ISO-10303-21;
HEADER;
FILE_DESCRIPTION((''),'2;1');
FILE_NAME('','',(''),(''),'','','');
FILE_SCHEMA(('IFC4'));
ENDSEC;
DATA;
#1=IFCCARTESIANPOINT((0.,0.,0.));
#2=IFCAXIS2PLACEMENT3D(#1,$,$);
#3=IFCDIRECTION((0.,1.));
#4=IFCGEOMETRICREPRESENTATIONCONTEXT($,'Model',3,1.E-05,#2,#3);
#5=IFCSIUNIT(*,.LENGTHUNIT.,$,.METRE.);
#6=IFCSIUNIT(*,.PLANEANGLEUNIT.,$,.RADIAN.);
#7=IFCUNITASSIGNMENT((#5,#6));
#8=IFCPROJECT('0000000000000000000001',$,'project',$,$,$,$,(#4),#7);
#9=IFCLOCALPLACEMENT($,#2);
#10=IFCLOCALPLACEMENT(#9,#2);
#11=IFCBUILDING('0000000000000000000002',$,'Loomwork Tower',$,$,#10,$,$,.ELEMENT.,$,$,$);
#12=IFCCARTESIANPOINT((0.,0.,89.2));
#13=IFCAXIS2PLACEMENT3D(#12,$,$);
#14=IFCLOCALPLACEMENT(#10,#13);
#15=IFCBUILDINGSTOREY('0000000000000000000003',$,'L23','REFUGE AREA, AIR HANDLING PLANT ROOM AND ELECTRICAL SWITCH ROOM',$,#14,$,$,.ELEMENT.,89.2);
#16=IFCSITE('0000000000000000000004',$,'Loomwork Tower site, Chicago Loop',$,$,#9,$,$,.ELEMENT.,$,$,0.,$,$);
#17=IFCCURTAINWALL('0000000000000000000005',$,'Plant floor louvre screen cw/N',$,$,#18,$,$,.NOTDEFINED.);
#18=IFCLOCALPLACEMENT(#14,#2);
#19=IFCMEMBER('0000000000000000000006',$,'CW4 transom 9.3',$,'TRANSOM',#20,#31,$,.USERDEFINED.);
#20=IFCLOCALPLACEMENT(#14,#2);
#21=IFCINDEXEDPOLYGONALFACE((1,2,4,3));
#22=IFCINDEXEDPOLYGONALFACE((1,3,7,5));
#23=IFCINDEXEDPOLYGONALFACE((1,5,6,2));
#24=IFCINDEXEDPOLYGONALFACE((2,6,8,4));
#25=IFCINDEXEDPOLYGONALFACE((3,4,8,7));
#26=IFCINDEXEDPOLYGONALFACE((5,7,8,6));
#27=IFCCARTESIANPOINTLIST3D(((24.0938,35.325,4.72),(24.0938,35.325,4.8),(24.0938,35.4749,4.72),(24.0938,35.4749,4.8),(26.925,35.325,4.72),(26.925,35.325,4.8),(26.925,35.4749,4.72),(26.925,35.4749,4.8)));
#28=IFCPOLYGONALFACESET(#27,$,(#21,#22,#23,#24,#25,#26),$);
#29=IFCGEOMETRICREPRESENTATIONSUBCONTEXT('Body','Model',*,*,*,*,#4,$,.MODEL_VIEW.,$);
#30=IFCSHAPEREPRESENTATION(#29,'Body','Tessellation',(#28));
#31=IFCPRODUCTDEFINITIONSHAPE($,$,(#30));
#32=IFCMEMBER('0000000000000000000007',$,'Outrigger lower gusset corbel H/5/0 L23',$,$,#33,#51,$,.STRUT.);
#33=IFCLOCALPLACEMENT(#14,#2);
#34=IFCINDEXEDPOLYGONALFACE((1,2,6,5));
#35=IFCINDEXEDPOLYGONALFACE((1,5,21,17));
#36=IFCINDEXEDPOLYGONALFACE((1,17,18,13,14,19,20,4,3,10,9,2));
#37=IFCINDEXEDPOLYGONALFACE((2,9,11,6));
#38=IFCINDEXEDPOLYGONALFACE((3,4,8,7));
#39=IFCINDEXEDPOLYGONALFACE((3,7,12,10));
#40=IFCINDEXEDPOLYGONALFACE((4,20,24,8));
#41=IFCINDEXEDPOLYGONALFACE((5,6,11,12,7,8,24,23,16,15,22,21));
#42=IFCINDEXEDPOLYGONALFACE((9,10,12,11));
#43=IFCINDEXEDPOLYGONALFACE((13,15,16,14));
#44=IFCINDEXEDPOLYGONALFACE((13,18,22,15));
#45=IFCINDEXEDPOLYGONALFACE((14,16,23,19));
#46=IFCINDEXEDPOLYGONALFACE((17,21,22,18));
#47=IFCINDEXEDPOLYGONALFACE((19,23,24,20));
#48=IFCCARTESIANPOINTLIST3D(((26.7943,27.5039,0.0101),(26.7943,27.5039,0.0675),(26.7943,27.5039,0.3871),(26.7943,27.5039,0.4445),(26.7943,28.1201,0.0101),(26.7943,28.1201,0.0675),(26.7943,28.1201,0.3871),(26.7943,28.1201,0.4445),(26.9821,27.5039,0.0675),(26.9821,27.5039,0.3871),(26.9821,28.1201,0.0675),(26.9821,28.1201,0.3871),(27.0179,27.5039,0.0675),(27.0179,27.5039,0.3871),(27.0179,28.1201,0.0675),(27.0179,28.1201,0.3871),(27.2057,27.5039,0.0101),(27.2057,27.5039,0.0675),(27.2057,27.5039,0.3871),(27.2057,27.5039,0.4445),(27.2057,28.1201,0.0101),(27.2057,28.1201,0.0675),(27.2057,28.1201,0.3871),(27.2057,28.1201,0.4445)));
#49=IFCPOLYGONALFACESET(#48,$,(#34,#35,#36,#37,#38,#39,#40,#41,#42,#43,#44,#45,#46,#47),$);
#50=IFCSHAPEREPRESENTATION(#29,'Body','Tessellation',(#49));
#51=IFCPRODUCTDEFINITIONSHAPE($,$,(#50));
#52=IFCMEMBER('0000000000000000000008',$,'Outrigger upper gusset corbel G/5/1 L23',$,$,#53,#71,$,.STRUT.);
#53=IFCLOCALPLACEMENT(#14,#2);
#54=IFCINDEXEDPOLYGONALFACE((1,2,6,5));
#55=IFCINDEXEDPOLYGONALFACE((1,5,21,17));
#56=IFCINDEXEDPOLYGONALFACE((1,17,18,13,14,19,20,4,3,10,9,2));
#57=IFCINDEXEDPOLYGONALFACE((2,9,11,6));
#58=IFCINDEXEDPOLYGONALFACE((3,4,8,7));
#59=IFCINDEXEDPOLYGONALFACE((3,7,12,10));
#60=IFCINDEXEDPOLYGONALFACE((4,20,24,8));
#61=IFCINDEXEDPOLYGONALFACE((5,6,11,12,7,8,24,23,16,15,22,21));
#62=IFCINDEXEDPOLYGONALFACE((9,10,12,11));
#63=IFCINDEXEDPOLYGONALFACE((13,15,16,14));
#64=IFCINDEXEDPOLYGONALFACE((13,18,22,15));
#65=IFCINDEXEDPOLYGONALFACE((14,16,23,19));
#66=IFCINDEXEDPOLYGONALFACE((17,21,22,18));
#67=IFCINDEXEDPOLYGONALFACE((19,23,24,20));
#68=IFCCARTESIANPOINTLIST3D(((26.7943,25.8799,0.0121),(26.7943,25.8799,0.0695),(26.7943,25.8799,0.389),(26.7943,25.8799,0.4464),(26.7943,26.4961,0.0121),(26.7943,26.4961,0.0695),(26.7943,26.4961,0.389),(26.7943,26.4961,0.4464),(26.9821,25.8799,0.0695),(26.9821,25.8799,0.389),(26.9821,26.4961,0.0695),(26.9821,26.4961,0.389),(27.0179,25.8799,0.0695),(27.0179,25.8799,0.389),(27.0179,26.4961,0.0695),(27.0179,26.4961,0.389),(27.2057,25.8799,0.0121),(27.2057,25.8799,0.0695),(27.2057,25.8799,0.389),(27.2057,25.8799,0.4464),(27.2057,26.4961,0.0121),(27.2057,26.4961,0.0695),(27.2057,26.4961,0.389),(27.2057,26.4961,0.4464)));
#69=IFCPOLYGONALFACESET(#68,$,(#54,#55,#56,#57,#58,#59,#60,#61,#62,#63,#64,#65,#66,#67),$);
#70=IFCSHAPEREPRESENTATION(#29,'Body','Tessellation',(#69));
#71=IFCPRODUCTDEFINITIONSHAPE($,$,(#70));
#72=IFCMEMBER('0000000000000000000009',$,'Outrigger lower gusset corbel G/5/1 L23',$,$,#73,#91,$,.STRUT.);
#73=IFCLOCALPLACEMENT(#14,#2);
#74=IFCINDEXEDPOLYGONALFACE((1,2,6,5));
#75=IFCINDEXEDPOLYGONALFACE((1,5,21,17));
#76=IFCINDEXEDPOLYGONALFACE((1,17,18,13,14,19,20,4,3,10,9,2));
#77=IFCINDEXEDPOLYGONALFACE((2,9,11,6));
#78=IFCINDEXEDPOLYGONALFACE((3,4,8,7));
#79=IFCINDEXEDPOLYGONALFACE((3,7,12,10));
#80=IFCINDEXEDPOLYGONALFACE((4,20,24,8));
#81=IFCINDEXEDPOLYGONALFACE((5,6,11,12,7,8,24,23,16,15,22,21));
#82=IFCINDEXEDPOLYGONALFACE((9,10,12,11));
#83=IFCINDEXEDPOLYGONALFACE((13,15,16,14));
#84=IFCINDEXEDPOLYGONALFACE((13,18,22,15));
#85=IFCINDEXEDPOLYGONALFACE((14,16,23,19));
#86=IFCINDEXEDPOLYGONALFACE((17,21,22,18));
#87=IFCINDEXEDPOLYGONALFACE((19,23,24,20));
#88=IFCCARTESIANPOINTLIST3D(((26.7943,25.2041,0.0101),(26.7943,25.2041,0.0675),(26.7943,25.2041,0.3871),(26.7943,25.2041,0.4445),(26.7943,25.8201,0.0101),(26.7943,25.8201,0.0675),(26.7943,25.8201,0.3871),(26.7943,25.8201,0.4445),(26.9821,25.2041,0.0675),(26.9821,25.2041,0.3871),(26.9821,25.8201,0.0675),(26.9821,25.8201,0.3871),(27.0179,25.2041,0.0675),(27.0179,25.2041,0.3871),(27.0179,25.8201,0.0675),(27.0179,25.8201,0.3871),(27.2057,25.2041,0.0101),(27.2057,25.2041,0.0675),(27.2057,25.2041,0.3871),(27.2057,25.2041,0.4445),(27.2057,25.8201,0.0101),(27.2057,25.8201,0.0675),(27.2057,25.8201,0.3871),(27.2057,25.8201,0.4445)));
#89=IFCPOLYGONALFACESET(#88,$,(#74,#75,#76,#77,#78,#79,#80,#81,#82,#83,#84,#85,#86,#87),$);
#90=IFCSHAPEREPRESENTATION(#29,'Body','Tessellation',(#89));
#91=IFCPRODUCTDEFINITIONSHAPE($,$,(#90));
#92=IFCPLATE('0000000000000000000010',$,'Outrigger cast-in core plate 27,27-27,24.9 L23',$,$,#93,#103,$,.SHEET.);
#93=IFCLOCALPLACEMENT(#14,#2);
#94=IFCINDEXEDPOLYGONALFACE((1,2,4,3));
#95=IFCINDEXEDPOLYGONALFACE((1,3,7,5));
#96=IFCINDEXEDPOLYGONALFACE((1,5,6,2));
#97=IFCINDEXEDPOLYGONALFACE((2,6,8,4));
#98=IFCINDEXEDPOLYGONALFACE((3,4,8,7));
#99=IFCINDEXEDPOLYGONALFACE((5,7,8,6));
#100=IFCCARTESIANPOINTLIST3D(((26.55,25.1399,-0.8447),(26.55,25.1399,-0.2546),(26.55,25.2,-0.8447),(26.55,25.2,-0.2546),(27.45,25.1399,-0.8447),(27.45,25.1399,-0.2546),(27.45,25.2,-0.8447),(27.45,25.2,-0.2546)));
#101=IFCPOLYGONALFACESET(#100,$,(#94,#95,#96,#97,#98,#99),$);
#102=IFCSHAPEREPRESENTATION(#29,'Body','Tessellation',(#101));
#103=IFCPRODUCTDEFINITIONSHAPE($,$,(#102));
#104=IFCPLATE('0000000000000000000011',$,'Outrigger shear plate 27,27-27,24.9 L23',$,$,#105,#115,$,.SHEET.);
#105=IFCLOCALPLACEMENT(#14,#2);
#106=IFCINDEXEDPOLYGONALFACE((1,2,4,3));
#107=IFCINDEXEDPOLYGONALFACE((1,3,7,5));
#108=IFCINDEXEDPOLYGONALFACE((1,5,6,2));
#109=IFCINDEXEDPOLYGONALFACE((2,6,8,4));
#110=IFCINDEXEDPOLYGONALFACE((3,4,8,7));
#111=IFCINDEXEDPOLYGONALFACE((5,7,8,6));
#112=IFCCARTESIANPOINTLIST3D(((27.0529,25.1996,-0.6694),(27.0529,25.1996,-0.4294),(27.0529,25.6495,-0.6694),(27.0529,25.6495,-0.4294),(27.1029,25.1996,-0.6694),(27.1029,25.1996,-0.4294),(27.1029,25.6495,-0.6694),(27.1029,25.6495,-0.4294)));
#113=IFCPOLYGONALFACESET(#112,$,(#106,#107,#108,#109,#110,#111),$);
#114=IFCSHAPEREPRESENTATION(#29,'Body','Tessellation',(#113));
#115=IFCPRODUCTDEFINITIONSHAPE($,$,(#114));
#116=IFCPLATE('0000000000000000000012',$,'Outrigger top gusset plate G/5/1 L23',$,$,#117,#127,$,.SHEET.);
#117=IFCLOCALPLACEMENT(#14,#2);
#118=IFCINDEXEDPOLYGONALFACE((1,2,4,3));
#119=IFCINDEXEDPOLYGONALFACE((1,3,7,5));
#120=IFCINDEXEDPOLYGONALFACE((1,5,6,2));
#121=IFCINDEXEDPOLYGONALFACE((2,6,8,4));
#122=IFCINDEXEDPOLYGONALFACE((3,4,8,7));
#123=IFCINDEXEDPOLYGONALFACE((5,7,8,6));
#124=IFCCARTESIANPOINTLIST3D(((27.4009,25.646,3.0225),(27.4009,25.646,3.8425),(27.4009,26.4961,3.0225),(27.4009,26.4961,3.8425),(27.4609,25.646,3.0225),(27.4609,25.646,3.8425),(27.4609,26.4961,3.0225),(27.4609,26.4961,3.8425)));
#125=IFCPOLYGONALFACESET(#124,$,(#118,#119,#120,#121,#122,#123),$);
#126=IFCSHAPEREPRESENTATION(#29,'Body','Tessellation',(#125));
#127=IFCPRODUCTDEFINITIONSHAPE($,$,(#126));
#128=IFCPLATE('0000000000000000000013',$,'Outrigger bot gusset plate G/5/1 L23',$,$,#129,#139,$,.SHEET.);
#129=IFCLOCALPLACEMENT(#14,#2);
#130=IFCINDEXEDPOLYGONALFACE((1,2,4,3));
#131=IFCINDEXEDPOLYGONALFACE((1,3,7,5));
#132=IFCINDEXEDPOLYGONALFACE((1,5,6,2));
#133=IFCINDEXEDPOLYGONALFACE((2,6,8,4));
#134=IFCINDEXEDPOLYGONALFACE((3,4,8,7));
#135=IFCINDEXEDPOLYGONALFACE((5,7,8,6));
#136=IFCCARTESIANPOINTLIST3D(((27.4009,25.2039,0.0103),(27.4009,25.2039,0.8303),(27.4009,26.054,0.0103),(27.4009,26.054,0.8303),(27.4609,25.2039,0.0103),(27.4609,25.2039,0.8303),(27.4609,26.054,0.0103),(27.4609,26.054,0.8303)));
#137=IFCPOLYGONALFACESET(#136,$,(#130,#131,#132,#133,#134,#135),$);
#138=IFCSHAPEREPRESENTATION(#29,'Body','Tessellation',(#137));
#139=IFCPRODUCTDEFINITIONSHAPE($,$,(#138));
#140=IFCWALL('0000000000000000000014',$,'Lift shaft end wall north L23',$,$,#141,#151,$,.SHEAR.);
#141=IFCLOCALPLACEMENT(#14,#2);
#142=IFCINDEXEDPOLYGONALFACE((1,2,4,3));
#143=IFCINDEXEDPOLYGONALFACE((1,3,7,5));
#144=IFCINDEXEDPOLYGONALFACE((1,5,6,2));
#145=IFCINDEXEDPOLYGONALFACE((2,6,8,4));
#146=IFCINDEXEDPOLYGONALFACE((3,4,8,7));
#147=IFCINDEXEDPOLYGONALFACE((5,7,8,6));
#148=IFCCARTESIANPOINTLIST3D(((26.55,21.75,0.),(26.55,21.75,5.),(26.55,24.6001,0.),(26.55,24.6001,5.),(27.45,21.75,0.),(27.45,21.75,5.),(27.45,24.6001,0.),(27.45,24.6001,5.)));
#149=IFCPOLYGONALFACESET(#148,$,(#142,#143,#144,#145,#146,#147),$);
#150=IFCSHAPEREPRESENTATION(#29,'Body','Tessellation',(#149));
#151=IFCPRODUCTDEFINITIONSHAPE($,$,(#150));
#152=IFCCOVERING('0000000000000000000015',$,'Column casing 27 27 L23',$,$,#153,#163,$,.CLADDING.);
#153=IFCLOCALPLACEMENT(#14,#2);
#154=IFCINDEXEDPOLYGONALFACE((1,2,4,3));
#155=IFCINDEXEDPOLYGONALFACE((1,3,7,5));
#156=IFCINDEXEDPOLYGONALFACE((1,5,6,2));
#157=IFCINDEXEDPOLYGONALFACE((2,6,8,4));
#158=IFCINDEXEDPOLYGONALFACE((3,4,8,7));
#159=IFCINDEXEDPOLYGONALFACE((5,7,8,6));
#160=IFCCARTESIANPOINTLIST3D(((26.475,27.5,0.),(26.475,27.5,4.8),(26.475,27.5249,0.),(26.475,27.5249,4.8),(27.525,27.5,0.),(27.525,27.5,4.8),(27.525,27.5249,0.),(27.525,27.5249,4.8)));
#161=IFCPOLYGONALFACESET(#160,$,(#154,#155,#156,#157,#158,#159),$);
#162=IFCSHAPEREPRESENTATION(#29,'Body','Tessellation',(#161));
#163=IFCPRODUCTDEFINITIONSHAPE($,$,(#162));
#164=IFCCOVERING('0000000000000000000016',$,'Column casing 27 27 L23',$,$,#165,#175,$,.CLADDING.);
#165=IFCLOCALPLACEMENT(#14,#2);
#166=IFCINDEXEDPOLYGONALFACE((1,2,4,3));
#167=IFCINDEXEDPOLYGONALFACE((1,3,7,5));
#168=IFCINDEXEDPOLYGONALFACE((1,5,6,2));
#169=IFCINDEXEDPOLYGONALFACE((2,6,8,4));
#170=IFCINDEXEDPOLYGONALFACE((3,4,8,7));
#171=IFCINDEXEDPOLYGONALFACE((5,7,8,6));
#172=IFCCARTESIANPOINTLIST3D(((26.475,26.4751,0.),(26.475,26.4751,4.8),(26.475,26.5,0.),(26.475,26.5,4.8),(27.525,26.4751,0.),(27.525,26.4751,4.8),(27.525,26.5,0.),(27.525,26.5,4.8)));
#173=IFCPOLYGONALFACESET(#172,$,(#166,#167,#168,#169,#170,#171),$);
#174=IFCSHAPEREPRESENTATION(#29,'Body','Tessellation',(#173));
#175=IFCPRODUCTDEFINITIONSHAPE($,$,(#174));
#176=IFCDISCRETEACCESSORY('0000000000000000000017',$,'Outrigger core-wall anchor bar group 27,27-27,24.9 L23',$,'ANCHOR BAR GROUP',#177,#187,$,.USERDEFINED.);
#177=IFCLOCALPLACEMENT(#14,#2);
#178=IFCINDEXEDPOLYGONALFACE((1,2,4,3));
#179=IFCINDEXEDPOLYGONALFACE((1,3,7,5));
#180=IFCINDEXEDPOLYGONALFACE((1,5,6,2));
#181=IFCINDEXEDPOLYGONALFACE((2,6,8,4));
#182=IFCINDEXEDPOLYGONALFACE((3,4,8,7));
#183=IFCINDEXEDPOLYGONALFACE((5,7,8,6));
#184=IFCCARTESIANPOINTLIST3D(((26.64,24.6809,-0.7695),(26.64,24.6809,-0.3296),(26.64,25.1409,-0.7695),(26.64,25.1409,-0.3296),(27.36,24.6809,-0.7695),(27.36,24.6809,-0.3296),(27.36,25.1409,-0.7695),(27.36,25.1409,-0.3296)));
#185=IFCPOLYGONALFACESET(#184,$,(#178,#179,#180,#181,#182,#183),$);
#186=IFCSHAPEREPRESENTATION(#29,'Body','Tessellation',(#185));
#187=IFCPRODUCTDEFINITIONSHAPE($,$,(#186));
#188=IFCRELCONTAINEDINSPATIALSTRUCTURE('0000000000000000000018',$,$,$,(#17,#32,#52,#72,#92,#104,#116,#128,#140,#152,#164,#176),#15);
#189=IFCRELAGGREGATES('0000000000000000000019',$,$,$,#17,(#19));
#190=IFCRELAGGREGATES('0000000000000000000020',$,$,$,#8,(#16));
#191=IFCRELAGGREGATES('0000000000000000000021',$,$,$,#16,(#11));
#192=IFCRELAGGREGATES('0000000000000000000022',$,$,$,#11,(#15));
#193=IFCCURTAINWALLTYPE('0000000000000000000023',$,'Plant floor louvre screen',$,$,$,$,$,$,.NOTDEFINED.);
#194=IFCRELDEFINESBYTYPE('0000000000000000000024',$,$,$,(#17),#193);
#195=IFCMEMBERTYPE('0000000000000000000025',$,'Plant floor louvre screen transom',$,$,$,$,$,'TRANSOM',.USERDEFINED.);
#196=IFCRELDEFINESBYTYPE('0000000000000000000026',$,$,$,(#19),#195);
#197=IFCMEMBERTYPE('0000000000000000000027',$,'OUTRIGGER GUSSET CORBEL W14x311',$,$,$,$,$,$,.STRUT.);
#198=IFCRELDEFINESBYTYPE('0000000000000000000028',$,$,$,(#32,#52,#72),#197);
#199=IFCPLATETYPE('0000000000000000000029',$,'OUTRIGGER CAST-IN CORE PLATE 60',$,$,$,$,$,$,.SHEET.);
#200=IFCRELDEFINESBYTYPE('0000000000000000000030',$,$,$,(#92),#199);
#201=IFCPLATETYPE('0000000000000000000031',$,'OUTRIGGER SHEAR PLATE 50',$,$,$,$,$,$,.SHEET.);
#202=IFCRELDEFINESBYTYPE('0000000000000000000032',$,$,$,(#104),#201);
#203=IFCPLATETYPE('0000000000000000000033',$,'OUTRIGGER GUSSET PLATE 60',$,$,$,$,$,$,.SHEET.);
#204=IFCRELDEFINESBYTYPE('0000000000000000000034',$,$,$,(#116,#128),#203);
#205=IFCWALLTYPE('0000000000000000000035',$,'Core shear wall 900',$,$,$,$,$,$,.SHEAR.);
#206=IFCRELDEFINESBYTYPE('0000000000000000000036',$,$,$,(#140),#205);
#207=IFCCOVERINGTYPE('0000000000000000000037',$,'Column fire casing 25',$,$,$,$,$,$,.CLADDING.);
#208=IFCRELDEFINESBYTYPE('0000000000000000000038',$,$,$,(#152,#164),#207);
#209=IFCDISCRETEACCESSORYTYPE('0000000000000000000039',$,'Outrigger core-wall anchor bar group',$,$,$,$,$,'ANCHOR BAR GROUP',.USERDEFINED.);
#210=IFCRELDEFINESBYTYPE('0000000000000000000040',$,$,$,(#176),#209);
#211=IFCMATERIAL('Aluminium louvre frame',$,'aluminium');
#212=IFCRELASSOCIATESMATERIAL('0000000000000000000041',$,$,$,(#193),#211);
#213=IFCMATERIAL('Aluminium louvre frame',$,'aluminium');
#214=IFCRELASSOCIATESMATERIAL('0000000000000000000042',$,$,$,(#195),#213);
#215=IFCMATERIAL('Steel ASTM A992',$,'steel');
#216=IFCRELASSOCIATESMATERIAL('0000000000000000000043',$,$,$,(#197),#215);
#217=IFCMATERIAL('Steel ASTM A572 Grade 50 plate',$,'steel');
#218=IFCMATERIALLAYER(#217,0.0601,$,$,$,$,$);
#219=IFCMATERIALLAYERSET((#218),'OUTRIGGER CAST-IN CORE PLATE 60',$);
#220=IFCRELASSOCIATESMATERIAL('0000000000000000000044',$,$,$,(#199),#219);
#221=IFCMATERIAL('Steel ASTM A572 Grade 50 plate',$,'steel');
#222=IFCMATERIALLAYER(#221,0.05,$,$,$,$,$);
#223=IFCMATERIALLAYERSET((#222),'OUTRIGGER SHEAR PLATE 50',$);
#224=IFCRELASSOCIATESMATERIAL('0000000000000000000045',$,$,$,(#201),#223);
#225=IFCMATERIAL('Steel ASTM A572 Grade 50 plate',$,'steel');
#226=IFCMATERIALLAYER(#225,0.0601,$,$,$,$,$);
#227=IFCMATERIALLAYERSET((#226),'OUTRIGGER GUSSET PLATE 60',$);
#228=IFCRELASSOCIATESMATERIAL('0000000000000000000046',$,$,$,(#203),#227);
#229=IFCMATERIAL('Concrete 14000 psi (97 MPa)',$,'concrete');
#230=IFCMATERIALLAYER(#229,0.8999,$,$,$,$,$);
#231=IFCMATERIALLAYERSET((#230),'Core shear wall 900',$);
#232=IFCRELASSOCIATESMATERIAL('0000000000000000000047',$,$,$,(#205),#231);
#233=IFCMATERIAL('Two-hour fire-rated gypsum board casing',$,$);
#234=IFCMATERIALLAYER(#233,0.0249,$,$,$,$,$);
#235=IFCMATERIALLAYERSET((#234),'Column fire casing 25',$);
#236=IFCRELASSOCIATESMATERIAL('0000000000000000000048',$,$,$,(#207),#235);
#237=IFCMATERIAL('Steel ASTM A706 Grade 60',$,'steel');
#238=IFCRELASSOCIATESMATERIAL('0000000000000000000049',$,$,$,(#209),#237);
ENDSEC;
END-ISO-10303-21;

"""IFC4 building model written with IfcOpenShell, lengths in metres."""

from ifc_helpers import new_model, si_unit, direction, frame, frame_2d, origin, origin_2d, place, context, subcontext, project, spatial, rectangle, i_section, extrude, material, layer, layer_set, material_profile, profile_set, type_object, element, aggregate, save


model = new_model("IFC4")

# Units and contexts
model_context = context("Model", 3, precision=1e-05, world=origin(), true_north=direction((0.0, 1.0)))
body_context = subcontext(model_context, "Body", "Model", "MODEL_VIEW")
ifc_project = project(units=[si_unit("LENGTHUNIT", "METRE"), si_unit("PLANEANGLEUNIT", "RADIAN")], contexts=[model_context])

# Site, building, storey
site_placement = place(None, origin())
site = spatial("IfcSite", under=ifc_project, at=site_placement, Name="Loomwork Tower site, Chicago Loop", CompositionType="ELEMENT", RefElevation=0.0)
building_placement = place(site_placement, origin())
building = spatial("IfcBuilding", under=site, at=building_placement, Name="Loomwork Tower", CompositionType="ELEMENT")
storey_placement = place(building_placement, frame((0.0, 0.0, 89.2)))
storey = spatial("IfcBuildingStorey", under=building, at=storey_placement, Name="L23", Description="REFUGE AREA, AIR HANDLING PLANT ROOM AND ELECTRICAL SWITCH ROOM", CompositionType="ELEMENT", Elevation=89.2)

# Curtain wall, member
ifc_material_1 = material(Name="Aluminium louvre frame", Category="aluminium")
curtain_wall_type = type_object("IfcCurtainWallType", Name="Plant floor louvre screen", PredefinedType="NOTDEFINED", material=ifc_material_1)
curtain_wall_placement = place(storey_placement, origin())
curtain_wall = element("IfcCurtainWall", 1, at=curtain_wall_placement, inside=storey, type_object=curtain_wall_type, Name="Plant floor louvre screen cw/N", PredefinedType="NOTDEFINED")
ifc_material_2 = material(Name="Aluminium louvre frame", Category="aluminium")
ifc_material_profile_1 = material_profile(ifc_material_2, rectangle(XDim=0.1499, YDim=0.0801, at=origin_2d()), Name="AL 80x150")
ifc_profile_set_1 = profile_set([ifc_material_profile_1], Name="Aluminium louvre frame")
member_type_1 = type_object("IfcMemberType", Name="Plant floor louvre screen transom", ElementType="TRANSOM", PredefinedType="USERDEFINED", material=ifc_profile_set_1)
member_1_placement = place(storey_placement, frame((26.925, 35.3999, 4.76), z_axis=(-1.0, 0.0, 0.0), x_axis=(0.0, -1.0, 0.0)))
member_1 = element("IfcMember", 2, at=member_1_placement, type_object=member_type_1, Name="CW4 transom 9.3", ObjectType="TRANSOM", PredefinedType="USERDEFINED", context=body_context, shape_type="SweptSolid", body=[
    extrude(rectangle(XDim=0.1499, YDim=0.0801, at=origin_2d()), origin(), (0.0, 0.0, 1.0), 2.8313),
])
aggregate(curtain_wall, [member_1])

# Members
ifc_material_3 = material(Name="Steel ASTM A992", Category="steel")
ifc_material_profile_2 = material_profile(ifc_material_3, i_section(OverallWidth=0.4114, OverallDepth=0.4343, WebThickness=0.0359, FlangeThickness=0.0574, at=origin_2d()), Name="W14x311")
ifc_profile_set_2 = profile_set([ifc_material_profile_2], Name="Steel ASTM A992")
member_type_2 = type_object("IfcMemberType", Name="OUTRIGGER GUSSET CORBEL W14x311", PredefinedType="STRUT", material=ifc_profile_set_2)
for number, where, z_axis, x_axis, name in (
    (3, (27.0, 27.5039, 0.2273), (0.0, 1.0, 0.0), (-1.0, 0.0, 0.0), "Outrigger lower gusset corbel H/5/0 L23"),
    (4, (27.0, 26.4961, 0.2292), (0.0, -1.0, 0.0), (1.0, 0.0, 0.0), "Outrigger upper gusset corbel G/5/1 L23"),
):
    element("IfcMember", number, at=place(storey_placement, frame(where, z_axis=z_axis, x_axis=x_axis)), inside=storey, type_object=member_type_2, Name=name, PredefinedType="STRUT", context=body_context, shape_type="SweptSolid", body=[
        extrude(i_section(OverallWidth=0.4114, OverallDepth=0.4343, WebThickness=0.0359, FlangeThickness=0.0574, at=origin_2d()), origin(), (0.0, 0.0, 1.0), 0.6162),
    ])
member_2_placement = place(storey_placement, frame((27.0, 25.2041, 0.2273), z_axis=(0.0, 1.0, 0.0), x_axis=(-1.0, 0.0, 0.0)))
element("IfcMember", 5, at=member_2_placement, inside=storey, type_object=member_type_2, Name="Outrigger lower gusset corbel G/5/1 L23", PredefinedType="STRUT", context=body_context, shape_type="SweptSolid", body=[
    extrude(i_section(OverallWidth=0.4114, OverallDepth=0.4343, WebThickness=0.0359, FlangeThickness=0.0574, at=origin_2d()), origin(), (0.0, 0.0, 1.0), 0.616),
])

# Plates
ifc_material_4 = material(Name="Steel ASTM A572 Grade 50 plate", Category="steel")
ifc_layer_1 = layer(ifc_material_4, 0.0601)
ifc_layer_set_1 = layer_set([ifc_layer_1], Name="OUTRIGGER CAST-IN CORE PLATE 60")
plate_type_1 = type_object("IfcPlateType", Name="OUTRIGGER CAST-IN CORE PLATE 60", PredefinedType="SHEET", material=ifc_layer_set_1)
plate_1_placement = place(storey_placement, frame((27.0, 25.1699, -0.8447), z_axis=(0.0, 0.0, 1.0), x_axis=(1.0, 0.0, 0.0)))
element("IfcPlate", 6, at=plate_1_placement, inside=storey, type_object=plate_type_1, Name="Outrigger cast-in core plate 27,27-27,24.9 L23", PredefinedType="SHEET", context=body_context, shape_type="SweptSolid", body=[
    extrude(rectangle(XDim=0.8999, YDim=0.0601, at=origin_2d()), origin(), (0.0, 0.0, 1.0), 0.5901),
])
ifc_material_5 = material(Name="Steel ASTM A572 Grade 50 plate", Category="steel")
ifc_layer_2 = layer(ifc_material_5, 0.05)
ifc_layer_set_2 = layer_set([ifc_layer_2], Name="OUTRIGGER SHEAR PLATE 50")
plate_type_2 = type_object("IfcPlateType", Name="OUTRIGGER SHEAR PLATE 50", PredefinedType="SHEET", material=ifc_layer_set_2)
plate_2_placement = place(storey_placement, frame((27.0779, 25.4246, -0.6694), z_axis=(0.0, 0.0, 1.0), x_axis=(0.0, 1.0, 0.0)))
element("IfcPlate", 7, at=plate_2_placement, inside=storey, type_object=plate_type_2, Name="Outrigger shear plate 27,27-27,24.9 L23", PredefinedType="SHEET", context=body_context, shape_type="SweptSolid", body=[
    extrude(rectangle(XDim=0.45, YDim=0.05, at=origin_2d()), origin(), (0.0, 0.0, 1.0), 0.24),
])
ifc_material_6 = material(Name="Steel ASTM A572 Grade 50 plate", Category="steel")
ifc_layer_3 = layer(ifc_material_6, 0.0601)
ifc_layer_set_3 = layer_set([ifc_layer_3], Name="OUTRIGGER GUSSET PLATE 60")
plate_type_3 = type_object("IfcPlateType", Name="OUTRIGGER GUSSET PLATE 60", PredefinedType="SHEET", material=ifc_layer_set_3)
for number, where, z_axis, x_axis, name in (
    (8, (27.4309, 26.071, 3.0225), (0.0, 0.0, 1.0), (0.0, 1.0, 0.0), "Outrigger top gusset plate G/5/1 L23"),
    (9, (27.4309, 25.6289, 0.0103), (0.0, 0.0, 1.0), (0.0, 1.0, 0.0), "Outrigger bot gusset plate G/5/1 L23"),
):
    element("IfcPlate", number, at=place(storey_placement, frame(where, z_axis=z_axis, x_axis=x_axis)), inside=storey, type_object=plate_type_3, Name=name, PredefinedType="SHEET", context=body_context, shape_type="SweptSolid", body=[
        extrude(rectangle(XDim=0.8501, YDim=0.0601, at=origin_2d()), origin(), (0.0, 0.0, 1.0), 0.8201),
    ])

# Wall
ifc_material_7 = material(Name="Concrete 14000 psi (97 MPa)", Category="concrete")
ifc_layer_4 = layer(ifc_material_7, 0.8999)
ifc_layer_set_4 = layer_set([ifc_layer_4], Name="Core shear wall 900")
wall_type = type_object("IfcWallType", Name="Core shear wall 900", PredefinedType="SHEAR", material=ifc_layer_set_4)
wall_placement = place(storey_placement, frame((27.0, 21.75, 0.0), z_axis=(0.0, 0.0, 1.0), x_axis=(0.0, 1.0, 0.0)))
element("IfcWall", 10, at=wall_placement, inside=storey, type_object=wall_type, Name="Lift shaft end wall north L23", PredefinedType="SHEAR", context=body_context, shape_type="SweptSolid", body=[
    extrude(rectangle(XDim=2.8501, YDim=0.8999, at=frame_2d((1.425, 0.0))), origin(), (0.0, 0.0, 1.0), 5.0),
])

# Coverings
ifc_material_8 = material(Name="Two-hour fire-rated gypsum board casing")
ifc_layer_5 = layer(ifc_material_8, 0.0249)
ifc_layer_set_5 = layer_set([ifc_layer_5], Name="Column fire casing 25")
covering_type = type_object("IfcCoveringType", Name="Column fire casing 25", PredefinedType="CLADDING", material=ifc_layer_set_5)
for number, where, z_axis, x_axis, name in (
    (11, (27.0, 27.5125, 0.0), (0.0, 0.0, 1.0), (1.0, 0.0, 0.0), "Column casing 27 27 L23"),
    (12, (27.0, 26.4875, 0.0), (0.0, 0.0, 1.0), (1.0, 0.0, 0.0), "Column casing 27 27 L23"),
):
    element("IfcCovering", number, at=place(storey_placement, frame(where, z_axis=z_axis, x_axis=x_axis)), inside=storey, type_object=covering_type, Name=name, PredefinedType="CLADDING", context=body_context, shape_type="SweptSolid", body=[
        extrude(rectangle(XDim=1.05, YDim=0.0249, at=origin_2d()), origin(), (0.0, 0.0, 1.0), 4.8),
    ])

# Discrete accessory
ifc_material_9 = material(Name="Steel ASTM A706 Grade 60", Category="steel")
discrete_accessory_type_1 = type_object("IfcDiscreteAccessoryType", Name="Outrigger core-wall anchor bar group", ElementType="ANCHOR BAR GROUP", PredefinedType="USERDEFINED", material=ifc_material_9)
discrete_accessory_1_placement = place(storey_placement, frame((27.0, 24.9109, -0.7695), z_axis=(0.0, 0.0, 1.0), x_axis=(1.0, 0.0, 0.0)))
element("IfcDiscreteAccessory", 13, at=discrete_accessory_1_placement, inside=storey, type_object=discrete_accessory_type_1, Name="Outrigger core-wall anchor bar group 27,27-27,24.9 L23", ObjectType="ANCHOR BAR GROUP", PredefinedType="USERDEFINED", context=body_context, shape_type="SweptSolid", body=[
    extrude(rectangle(XDim=0.72, YDim=0.46, at=origin_2d()), origin(), (0.0, 0.0, 1.0), 0.4399),
])

save(model, "model.ifc")
